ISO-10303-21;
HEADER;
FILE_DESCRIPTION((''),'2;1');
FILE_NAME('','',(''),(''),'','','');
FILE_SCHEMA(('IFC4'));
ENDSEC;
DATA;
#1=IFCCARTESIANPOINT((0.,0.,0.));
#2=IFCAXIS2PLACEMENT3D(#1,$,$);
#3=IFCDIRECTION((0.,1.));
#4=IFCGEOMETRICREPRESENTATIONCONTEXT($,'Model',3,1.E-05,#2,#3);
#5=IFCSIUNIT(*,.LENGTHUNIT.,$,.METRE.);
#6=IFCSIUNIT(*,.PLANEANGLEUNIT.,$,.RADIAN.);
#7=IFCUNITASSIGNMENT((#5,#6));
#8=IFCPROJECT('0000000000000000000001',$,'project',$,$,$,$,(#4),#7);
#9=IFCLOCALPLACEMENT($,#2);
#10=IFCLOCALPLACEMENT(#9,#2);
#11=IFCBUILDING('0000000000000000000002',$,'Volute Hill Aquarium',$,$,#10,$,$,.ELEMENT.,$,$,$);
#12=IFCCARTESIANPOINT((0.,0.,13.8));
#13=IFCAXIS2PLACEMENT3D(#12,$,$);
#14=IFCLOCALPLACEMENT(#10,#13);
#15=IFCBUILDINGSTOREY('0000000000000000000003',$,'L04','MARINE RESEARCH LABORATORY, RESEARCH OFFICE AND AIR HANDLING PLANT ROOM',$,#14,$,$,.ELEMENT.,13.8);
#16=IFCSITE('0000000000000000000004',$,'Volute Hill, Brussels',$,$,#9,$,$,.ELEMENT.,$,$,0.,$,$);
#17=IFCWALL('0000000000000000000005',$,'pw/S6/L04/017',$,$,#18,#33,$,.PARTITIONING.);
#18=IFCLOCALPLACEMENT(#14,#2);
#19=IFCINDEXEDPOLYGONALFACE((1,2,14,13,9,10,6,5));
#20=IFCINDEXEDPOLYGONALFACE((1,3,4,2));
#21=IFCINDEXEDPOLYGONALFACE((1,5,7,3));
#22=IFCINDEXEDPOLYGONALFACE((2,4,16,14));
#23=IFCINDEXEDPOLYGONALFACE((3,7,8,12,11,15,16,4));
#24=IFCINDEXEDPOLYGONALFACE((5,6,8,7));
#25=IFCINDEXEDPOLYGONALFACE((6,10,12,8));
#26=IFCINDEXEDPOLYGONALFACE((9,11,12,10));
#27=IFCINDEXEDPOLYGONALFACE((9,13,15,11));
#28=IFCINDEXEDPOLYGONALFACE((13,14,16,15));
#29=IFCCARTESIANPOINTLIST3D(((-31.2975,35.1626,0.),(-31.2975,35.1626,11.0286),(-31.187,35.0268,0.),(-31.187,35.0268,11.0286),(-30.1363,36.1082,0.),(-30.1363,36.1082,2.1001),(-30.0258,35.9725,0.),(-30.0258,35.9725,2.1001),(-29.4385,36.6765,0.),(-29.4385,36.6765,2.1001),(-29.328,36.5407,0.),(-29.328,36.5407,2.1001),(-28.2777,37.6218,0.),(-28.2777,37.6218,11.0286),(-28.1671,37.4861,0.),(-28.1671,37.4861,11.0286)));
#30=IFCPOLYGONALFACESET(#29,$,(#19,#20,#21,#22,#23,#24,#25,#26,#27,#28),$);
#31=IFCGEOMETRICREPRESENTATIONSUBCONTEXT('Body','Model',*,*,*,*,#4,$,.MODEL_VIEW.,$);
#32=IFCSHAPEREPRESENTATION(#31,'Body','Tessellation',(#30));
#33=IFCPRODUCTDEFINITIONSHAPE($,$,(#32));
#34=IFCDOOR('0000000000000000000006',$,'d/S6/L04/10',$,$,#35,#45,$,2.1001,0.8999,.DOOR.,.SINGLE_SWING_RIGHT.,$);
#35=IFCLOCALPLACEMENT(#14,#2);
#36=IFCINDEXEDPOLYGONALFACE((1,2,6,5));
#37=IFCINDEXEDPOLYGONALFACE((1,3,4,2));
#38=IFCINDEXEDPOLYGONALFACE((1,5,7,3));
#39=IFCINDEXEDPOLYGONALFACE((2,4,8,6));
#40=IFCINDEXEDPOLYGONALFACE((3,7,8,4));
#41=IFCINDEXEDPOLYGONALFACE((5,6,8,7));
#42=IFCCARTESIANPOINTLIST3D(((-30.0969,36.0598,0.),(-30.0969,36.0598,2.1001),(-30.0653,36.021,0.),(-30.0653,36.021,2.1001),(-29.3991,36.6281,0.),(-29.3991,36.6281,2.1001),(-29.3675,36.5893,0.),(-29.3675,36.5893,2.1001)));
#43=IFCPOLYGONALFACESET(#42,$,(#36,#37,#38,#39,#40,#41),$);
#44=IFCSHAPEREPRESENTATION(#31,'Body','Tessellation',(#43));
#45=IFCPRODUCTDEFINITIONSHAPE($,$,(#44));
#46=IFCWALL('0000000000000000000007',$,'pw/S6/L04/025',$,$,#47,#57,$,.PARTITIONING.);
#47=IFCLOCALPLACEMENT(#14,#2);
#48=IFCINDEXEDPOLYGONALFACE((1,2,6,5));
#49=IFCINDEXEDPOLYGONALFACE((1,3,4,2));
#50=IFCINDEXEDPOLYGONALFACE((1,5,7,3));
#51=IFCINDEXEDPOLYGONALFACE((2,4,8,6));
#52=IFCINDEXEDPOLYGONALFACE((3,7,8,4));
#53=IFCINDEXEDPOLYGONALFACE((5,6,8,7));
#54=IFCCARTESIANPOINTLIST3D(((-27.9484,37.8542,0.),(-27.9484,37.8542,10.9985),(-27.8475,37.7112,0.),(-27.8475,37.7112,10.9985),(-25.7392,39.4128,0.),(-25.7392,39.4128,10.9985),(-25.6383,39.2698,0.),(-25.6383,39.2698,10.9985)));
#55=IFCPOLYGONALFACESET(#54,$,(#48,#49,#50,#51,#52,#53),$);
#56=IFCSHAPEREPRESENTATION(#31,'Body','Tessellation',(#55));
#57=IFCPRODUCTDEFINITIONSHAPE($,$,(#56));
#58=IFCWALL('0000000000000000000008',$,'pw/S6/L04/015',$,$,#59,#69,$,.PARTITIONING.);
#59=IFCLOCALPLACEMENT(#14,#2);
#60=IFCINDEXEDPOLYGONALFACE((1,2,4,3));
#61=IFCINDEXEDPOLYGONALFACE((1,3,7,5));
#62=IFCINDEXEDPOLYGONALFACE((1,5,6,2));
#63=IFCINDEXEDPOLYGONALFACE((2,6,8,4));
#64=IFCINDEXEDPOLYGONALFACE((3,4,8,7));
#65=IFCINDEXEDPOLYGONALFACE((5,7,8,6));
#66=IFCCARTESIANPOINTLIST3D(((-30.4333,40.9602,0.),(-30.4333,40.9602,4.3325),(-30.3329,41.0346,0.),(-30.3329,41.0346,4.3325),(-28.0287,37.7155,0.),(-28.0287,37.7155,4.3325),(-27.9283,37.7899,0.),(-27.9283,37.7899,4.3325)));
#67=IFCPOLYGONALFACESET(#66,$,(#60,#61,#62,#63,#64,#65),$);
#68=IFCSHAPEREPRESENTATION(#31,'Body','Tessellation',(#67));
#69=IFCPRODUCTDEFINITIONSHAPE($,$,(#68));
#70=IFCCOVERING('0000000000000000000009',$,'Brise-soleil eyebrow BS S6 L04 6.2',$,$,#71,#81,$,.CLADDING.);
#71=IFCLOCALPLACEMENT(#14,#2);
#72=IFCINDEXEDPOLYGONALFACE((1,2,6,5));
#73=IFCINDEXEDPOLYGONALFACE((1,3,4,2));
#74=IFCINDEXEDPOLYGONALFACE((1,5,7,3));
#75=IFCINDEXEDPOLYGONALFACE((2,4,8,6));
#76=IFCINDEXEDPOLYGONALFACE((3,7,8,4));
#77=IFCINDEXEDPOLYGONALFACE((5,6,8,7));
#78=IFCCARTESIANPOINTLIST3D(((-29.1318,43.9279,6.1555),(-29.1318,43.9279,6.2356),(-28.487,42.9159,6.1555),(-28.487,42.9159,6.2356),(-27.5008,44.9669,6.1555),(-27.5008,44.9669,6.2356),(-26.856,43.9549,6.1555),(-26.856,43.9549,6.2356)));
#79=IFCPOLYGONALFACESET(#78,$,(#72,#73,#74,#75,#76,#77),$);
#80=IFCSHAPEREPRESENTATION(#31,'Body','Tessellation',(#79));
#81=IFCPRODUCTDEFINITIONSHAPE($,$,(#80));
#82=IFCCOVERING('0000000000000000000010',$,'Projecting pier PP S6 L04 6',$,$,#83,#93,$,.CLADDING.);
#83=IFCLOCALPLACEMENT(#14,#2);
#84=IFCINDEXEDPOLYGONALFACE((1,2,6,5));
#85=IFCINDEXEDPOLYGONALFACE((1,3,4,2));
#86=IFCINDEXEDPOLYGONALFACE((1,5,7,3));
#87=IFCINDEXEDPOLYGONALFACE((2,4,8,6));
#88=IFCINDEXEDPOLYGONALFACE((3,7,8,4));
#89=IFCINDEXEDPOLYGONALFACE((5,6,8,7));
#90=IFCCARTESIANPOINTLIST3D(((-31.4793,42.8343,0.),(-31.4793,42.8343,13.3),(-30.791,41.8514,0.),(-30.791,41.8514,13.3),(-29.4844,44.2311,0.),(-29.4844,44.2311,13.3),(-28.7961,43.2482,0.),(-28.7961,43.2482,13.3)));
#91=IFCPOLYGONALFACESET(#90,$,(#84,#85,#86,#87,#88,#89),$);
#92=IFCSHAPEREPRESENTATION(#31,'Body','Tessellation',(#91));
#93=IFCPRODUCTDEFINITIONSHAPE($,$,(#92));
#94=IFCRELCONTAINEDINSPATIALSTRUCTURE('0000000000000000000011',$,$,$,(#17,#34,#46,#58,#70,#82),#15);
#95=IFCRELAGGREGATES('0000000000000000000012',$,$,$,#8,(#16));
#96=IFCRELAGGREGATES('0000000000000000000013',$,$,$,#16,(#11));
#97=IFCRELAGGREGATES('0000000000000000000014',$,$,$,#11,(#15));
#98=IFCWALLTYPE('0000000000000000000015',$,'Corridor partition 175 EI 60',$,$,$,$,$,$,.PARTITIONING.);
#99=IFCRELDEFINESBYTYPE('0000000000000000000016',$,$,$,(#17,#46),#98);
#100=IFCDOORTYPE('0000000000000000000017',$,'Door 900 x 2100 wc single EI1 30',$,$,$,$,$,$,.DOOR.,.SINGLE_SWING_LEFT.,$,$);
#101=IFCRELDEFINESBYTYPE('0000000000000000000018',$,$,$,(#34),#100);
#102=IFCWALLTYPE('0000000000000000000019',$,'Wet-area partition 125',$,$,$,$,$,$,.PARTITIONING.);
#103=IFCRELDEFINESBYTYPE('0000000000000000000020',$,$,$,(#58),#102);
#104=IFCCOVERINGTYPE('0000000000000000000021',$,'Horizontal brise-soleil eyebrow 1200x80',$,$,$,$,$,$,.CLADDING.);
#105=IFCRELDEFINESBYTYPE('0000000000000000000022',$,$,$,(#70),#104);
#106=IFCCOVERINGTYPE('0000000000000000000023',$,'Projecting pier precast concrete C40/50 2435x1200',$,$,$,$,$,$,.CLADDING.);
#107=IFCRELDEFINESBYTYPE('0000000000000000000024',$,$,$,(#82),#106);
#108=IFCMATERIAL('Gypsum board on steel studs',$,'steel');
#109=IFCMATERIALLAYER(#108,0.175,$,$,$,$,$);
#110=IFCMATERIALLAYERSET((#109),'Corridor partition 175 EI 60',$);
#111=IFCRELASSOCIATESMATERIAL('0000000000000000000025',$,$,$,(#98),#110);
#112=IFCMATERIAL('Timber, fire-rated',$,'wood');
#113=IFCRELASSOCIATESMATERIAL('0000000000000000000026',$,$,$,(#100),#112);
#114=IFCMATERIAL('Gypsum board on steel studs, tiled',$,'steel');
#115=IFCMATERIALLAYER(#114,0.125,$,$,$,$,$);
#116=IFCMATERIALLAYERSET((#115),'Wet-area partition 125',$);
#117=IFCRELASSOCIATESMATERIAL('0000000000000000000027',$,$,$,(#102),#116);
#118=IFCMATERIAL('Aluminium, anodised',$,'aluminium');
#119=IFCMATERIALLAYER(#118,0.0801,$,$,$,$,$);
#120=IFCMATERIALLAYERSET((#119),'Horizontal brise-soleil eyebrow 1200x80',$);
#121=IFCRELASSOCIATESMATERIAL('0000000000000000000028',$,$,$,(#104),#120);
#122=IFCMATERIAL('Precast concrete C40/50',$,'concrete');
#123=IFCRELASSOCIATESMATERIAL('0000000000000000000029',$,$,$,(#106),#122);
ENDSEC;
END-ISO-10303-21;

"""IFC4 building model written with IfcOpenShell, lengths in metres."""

from ifc_helpers import new_model, si_unit, direction, frame, frame_2d, origin, origin_2d, place, context, subcontext, project, spatial, rectangle, extrude, material, layer, layer_set, type_object, element, fill, save


model = new_model("IFC4")

# Units and contexts
model_context = context("Model", 3, precision=1e-05, world=origin(), true_north=direction((0.0, 1.0)))
body_context = subcontext(model_context, "Body", "Model", "MODEL_VIEW")
ifc_project = project(units=[si_unit("LENGTHUNIT", "METRE"), si_unit("PLANEANGLEUNIT", "RADIAN")], contexts=[model_context])

# Site, building, storey
site_placement = place(None, origin())
site = spatial("IfcSite", under=ifc_project, at=site_placement, Name="Volute Hill, Brussels", CompositionType="ELEMENT", RefElevation=0.0)
building_placement = place(site_placement, origin())
building = spatial("IfcBuilding", under=site, at=building_placement, Name="Volute Hill Aquarium", CompositionType="ELEMENT")
storey_placement = place(building_placement, frame((0.0, 0.0, 13.8)))
storey = spatial("IfcBuildingStorey", under=building, at=storey_placement, Name="L04", Description="MARINE RESEARCH LABORATORY, RESEARCH OFFICE AND AIR HANDLING PLANT ROOM", CompositionType="ELEMENT", Elevation=13.8)

# Wall, opening, door
ifc_material_1 = material(Name="Gypsum board on steel studs", Category="steel")
ifc_layer_1 = layer(ifc_material_1, 0.175)
ifc_layer_set_1 = layer_set([ifc_layer_1], Name="Corridor partition 175 EI 60")
wall_type_1 = type_object("IfcWallType", Name="Corridor partition 175 EI 60", PredefinedType="PARTITIONING", material=ifc_layer_set_1)
wall_1_placement = place(storey_placement, frame((-28.2224, 37.554, 0.0), z_axis=(0.0, 0.0, 1.0), x_axis=(-0.775402, -0.631468, 0.0)))
wall_1 = element("IfcWall", 1, at=wall_1_placement, inside=storey, type_object=wall_type_1, Name="pw/S6/L04/017", PredefinedType="PARTITIONING", context=body_context, shape_type="SweptSolid", body=[
    extrude(rectangle(XDim=3.8945, YDim=0.175, at=frame_2d((1.9473, 0.0))), origin(), (0.0, 0.0, 1.0), 11.0286),
])
opening_placement = place(wall_1_placement, frame((1.4971, 0.0, 0.0)))
opening = element("IfcOpeningElement", 2, at=opening_placement, cuts=wall_1, PredefinedType="OPENING", context=body_context, shape_type="SweptSolid", body=[
    extrude(rectangle(XDim=0.8999, YDim=2.1001, at=frame_2d((0.45, 1.05))), frame((0.0, 0.0974, 0.0), z_axis=(0.0, -1.0, 0.0), x_axis=(1.0, 0.0, 0.0)), (0.0, 0.0, 1.0), 0.1951),
])
ifc_material_2 = material(Name="Timber, fire-rated", Category="wood")
door_type = type_object("IfcDoorType", Name="Door 900 x 2100 wc single EI1 30", OperationType="SINGLE_SWING_LEFT", PredefinedType="DOOR", material=ifc_material_2)
door_placement = place(opening_placement, origin())
door = element("IfcDoor", 3, at=door_placement, inside=storey, type_object=door_type, Name="d/S6/L04/10", OperationType="SINGLE_SWING_RIGHT", OverallHeight=2.1001, OverallWidth=0.8999, PredefinedType="DOOR", context=body_context, shape_type="SweptSolid", body=[
    extrude(rectangle(XDim=0.8999, YDim=2.1001, at=frame_2d((0.45, 1.05))), frame((0.0, 0.0249, 0.0), z_axis=(0.0, -1.0, 0.0), x_axis=(1.0, 0.0, 0.0)), (0.0, 0.0, 1.0), 0.05),
])
fill(opening, door)

# Walls
wall_2_placement = place(storey_placement, frame((-27.8979, 37.7827, 0.0), z_axis=(0.0, 0.0, 1.0), x_axis=(0.817118, 0.57647, 0.0)))
element("IfcWall", 4, at=wall_2_placement, inside=storey, type_object=wall_type_1, Name="pw/S6/L04/025", PredefinedType="PARTITIONING", context=body_context, shape_type="SweptSolid", body=[
    extrude(rectangle(XDim=2.7036, YDim=0.175, at=frame_2d((1.3518, 0.0))), origin(), (0.0, 0.0, 1.0), 10.9985),
])
ifc_material_3 = material(Name="Gypsum board on steel studs, tiled", Category="steel")
ifc_layer_2 = layer(ifc_material_3, 0.125)
ifc_layer_set_2 = layer_set([ifc_layer_2], Name="Wet-area partition 125")
wall_type_2 = type_object("IfcWallType", Name="Wet-area partition 125", PredefinedType="PARTITIONING", material=ifc_layer_set_2)
wall_3_placement = place(storey_placement, frame((-27.9785, 37.7527, 0.0), z_axis=(0.0, 0.0, 1.0), x_axis=(-0.595405, 0.803425, 0.0)))
element("IfcWall", 5, at=wall_3_placement, inside=storey, type_object=wall_type_2, Name="pw/S6/L04/015", PredefinedType="PARTITIONING", context=body_context, shape_type="SweptSolid", body=[
    extrude(rectangle(XDim=4.0386, YDim=0.125, at=frame_2d((2.0193, 0.0))), origin(), (0.0, 0.0, 1.0), 4.3325),
])

# Coverings
ifc_material_4 = material(Name="Aluminium, anodised", Category="aluminium")
ifc_layer_3 = layer(ifc_material_4, 0.0801)
ifc_layer_set_3 = layer_set([ifc_layer_3], Name="Horizontal brise-soleil eyebrow 1200x80")
covering_type_1 = type_object("IfcCoveringType", Name="Horizontal brise-soleil eyebrow 1200x80", PredefinedType="CLADDING", material=ifc_layer_set_3)
covering_1_placement = place(storey_placement, frame((-27.9939, 43.9414, 6.1555), z_axis=(0.0, 0.0, 1.0), x_axis=(-0.843396, -0.537293, 0.0)))
element("IfcCovering", 6, at=covering_1_placement, inside=storey, type_object=covering_type_1, Name="Brise-soleil eyebrow BS S6 L04 6.2", PredefinedType="CLADDING", context=body_context, shape_type="SweptSolid", body=[
    extrude(rectangle(XDim=1.9338, YDim=1.2, at=origin_2d()), origin(), (0.0, 0.0, 1.0), 0.0801),
])
ifc_material_5 = material(Name="Precast concrete C40/50", Category="concrete")
covering_type_2 = type_object("IfcCoveringType", Name="Projecting pier precast concrete C40/50 2435x1200", PredefinedType="CLADDING", material=ifc_material_5)
covering_2_placement = place(storey_placement, frame((-30.1377, 43.0413, 0.0), z_axis=(0.0, 0.0, 1.0), x_axis=(-0.819152, -0.573576, 0.0)))
element("IfcCovering", 7, at=covering_2_placement, inside=storey, type_object=covering_type_2, Name="Projecting pier PP S6 L04 6", PredefinedType="CLADDING", context=body_context, shape_type="SweptSolid", body=[
    extrude(rectangle(XDim=2.4353, YDim=1.2, at=origin_2d()), origin(), (0.0, 0.0, 1.0), 13.3),
])

save(model, "model.ifc")
